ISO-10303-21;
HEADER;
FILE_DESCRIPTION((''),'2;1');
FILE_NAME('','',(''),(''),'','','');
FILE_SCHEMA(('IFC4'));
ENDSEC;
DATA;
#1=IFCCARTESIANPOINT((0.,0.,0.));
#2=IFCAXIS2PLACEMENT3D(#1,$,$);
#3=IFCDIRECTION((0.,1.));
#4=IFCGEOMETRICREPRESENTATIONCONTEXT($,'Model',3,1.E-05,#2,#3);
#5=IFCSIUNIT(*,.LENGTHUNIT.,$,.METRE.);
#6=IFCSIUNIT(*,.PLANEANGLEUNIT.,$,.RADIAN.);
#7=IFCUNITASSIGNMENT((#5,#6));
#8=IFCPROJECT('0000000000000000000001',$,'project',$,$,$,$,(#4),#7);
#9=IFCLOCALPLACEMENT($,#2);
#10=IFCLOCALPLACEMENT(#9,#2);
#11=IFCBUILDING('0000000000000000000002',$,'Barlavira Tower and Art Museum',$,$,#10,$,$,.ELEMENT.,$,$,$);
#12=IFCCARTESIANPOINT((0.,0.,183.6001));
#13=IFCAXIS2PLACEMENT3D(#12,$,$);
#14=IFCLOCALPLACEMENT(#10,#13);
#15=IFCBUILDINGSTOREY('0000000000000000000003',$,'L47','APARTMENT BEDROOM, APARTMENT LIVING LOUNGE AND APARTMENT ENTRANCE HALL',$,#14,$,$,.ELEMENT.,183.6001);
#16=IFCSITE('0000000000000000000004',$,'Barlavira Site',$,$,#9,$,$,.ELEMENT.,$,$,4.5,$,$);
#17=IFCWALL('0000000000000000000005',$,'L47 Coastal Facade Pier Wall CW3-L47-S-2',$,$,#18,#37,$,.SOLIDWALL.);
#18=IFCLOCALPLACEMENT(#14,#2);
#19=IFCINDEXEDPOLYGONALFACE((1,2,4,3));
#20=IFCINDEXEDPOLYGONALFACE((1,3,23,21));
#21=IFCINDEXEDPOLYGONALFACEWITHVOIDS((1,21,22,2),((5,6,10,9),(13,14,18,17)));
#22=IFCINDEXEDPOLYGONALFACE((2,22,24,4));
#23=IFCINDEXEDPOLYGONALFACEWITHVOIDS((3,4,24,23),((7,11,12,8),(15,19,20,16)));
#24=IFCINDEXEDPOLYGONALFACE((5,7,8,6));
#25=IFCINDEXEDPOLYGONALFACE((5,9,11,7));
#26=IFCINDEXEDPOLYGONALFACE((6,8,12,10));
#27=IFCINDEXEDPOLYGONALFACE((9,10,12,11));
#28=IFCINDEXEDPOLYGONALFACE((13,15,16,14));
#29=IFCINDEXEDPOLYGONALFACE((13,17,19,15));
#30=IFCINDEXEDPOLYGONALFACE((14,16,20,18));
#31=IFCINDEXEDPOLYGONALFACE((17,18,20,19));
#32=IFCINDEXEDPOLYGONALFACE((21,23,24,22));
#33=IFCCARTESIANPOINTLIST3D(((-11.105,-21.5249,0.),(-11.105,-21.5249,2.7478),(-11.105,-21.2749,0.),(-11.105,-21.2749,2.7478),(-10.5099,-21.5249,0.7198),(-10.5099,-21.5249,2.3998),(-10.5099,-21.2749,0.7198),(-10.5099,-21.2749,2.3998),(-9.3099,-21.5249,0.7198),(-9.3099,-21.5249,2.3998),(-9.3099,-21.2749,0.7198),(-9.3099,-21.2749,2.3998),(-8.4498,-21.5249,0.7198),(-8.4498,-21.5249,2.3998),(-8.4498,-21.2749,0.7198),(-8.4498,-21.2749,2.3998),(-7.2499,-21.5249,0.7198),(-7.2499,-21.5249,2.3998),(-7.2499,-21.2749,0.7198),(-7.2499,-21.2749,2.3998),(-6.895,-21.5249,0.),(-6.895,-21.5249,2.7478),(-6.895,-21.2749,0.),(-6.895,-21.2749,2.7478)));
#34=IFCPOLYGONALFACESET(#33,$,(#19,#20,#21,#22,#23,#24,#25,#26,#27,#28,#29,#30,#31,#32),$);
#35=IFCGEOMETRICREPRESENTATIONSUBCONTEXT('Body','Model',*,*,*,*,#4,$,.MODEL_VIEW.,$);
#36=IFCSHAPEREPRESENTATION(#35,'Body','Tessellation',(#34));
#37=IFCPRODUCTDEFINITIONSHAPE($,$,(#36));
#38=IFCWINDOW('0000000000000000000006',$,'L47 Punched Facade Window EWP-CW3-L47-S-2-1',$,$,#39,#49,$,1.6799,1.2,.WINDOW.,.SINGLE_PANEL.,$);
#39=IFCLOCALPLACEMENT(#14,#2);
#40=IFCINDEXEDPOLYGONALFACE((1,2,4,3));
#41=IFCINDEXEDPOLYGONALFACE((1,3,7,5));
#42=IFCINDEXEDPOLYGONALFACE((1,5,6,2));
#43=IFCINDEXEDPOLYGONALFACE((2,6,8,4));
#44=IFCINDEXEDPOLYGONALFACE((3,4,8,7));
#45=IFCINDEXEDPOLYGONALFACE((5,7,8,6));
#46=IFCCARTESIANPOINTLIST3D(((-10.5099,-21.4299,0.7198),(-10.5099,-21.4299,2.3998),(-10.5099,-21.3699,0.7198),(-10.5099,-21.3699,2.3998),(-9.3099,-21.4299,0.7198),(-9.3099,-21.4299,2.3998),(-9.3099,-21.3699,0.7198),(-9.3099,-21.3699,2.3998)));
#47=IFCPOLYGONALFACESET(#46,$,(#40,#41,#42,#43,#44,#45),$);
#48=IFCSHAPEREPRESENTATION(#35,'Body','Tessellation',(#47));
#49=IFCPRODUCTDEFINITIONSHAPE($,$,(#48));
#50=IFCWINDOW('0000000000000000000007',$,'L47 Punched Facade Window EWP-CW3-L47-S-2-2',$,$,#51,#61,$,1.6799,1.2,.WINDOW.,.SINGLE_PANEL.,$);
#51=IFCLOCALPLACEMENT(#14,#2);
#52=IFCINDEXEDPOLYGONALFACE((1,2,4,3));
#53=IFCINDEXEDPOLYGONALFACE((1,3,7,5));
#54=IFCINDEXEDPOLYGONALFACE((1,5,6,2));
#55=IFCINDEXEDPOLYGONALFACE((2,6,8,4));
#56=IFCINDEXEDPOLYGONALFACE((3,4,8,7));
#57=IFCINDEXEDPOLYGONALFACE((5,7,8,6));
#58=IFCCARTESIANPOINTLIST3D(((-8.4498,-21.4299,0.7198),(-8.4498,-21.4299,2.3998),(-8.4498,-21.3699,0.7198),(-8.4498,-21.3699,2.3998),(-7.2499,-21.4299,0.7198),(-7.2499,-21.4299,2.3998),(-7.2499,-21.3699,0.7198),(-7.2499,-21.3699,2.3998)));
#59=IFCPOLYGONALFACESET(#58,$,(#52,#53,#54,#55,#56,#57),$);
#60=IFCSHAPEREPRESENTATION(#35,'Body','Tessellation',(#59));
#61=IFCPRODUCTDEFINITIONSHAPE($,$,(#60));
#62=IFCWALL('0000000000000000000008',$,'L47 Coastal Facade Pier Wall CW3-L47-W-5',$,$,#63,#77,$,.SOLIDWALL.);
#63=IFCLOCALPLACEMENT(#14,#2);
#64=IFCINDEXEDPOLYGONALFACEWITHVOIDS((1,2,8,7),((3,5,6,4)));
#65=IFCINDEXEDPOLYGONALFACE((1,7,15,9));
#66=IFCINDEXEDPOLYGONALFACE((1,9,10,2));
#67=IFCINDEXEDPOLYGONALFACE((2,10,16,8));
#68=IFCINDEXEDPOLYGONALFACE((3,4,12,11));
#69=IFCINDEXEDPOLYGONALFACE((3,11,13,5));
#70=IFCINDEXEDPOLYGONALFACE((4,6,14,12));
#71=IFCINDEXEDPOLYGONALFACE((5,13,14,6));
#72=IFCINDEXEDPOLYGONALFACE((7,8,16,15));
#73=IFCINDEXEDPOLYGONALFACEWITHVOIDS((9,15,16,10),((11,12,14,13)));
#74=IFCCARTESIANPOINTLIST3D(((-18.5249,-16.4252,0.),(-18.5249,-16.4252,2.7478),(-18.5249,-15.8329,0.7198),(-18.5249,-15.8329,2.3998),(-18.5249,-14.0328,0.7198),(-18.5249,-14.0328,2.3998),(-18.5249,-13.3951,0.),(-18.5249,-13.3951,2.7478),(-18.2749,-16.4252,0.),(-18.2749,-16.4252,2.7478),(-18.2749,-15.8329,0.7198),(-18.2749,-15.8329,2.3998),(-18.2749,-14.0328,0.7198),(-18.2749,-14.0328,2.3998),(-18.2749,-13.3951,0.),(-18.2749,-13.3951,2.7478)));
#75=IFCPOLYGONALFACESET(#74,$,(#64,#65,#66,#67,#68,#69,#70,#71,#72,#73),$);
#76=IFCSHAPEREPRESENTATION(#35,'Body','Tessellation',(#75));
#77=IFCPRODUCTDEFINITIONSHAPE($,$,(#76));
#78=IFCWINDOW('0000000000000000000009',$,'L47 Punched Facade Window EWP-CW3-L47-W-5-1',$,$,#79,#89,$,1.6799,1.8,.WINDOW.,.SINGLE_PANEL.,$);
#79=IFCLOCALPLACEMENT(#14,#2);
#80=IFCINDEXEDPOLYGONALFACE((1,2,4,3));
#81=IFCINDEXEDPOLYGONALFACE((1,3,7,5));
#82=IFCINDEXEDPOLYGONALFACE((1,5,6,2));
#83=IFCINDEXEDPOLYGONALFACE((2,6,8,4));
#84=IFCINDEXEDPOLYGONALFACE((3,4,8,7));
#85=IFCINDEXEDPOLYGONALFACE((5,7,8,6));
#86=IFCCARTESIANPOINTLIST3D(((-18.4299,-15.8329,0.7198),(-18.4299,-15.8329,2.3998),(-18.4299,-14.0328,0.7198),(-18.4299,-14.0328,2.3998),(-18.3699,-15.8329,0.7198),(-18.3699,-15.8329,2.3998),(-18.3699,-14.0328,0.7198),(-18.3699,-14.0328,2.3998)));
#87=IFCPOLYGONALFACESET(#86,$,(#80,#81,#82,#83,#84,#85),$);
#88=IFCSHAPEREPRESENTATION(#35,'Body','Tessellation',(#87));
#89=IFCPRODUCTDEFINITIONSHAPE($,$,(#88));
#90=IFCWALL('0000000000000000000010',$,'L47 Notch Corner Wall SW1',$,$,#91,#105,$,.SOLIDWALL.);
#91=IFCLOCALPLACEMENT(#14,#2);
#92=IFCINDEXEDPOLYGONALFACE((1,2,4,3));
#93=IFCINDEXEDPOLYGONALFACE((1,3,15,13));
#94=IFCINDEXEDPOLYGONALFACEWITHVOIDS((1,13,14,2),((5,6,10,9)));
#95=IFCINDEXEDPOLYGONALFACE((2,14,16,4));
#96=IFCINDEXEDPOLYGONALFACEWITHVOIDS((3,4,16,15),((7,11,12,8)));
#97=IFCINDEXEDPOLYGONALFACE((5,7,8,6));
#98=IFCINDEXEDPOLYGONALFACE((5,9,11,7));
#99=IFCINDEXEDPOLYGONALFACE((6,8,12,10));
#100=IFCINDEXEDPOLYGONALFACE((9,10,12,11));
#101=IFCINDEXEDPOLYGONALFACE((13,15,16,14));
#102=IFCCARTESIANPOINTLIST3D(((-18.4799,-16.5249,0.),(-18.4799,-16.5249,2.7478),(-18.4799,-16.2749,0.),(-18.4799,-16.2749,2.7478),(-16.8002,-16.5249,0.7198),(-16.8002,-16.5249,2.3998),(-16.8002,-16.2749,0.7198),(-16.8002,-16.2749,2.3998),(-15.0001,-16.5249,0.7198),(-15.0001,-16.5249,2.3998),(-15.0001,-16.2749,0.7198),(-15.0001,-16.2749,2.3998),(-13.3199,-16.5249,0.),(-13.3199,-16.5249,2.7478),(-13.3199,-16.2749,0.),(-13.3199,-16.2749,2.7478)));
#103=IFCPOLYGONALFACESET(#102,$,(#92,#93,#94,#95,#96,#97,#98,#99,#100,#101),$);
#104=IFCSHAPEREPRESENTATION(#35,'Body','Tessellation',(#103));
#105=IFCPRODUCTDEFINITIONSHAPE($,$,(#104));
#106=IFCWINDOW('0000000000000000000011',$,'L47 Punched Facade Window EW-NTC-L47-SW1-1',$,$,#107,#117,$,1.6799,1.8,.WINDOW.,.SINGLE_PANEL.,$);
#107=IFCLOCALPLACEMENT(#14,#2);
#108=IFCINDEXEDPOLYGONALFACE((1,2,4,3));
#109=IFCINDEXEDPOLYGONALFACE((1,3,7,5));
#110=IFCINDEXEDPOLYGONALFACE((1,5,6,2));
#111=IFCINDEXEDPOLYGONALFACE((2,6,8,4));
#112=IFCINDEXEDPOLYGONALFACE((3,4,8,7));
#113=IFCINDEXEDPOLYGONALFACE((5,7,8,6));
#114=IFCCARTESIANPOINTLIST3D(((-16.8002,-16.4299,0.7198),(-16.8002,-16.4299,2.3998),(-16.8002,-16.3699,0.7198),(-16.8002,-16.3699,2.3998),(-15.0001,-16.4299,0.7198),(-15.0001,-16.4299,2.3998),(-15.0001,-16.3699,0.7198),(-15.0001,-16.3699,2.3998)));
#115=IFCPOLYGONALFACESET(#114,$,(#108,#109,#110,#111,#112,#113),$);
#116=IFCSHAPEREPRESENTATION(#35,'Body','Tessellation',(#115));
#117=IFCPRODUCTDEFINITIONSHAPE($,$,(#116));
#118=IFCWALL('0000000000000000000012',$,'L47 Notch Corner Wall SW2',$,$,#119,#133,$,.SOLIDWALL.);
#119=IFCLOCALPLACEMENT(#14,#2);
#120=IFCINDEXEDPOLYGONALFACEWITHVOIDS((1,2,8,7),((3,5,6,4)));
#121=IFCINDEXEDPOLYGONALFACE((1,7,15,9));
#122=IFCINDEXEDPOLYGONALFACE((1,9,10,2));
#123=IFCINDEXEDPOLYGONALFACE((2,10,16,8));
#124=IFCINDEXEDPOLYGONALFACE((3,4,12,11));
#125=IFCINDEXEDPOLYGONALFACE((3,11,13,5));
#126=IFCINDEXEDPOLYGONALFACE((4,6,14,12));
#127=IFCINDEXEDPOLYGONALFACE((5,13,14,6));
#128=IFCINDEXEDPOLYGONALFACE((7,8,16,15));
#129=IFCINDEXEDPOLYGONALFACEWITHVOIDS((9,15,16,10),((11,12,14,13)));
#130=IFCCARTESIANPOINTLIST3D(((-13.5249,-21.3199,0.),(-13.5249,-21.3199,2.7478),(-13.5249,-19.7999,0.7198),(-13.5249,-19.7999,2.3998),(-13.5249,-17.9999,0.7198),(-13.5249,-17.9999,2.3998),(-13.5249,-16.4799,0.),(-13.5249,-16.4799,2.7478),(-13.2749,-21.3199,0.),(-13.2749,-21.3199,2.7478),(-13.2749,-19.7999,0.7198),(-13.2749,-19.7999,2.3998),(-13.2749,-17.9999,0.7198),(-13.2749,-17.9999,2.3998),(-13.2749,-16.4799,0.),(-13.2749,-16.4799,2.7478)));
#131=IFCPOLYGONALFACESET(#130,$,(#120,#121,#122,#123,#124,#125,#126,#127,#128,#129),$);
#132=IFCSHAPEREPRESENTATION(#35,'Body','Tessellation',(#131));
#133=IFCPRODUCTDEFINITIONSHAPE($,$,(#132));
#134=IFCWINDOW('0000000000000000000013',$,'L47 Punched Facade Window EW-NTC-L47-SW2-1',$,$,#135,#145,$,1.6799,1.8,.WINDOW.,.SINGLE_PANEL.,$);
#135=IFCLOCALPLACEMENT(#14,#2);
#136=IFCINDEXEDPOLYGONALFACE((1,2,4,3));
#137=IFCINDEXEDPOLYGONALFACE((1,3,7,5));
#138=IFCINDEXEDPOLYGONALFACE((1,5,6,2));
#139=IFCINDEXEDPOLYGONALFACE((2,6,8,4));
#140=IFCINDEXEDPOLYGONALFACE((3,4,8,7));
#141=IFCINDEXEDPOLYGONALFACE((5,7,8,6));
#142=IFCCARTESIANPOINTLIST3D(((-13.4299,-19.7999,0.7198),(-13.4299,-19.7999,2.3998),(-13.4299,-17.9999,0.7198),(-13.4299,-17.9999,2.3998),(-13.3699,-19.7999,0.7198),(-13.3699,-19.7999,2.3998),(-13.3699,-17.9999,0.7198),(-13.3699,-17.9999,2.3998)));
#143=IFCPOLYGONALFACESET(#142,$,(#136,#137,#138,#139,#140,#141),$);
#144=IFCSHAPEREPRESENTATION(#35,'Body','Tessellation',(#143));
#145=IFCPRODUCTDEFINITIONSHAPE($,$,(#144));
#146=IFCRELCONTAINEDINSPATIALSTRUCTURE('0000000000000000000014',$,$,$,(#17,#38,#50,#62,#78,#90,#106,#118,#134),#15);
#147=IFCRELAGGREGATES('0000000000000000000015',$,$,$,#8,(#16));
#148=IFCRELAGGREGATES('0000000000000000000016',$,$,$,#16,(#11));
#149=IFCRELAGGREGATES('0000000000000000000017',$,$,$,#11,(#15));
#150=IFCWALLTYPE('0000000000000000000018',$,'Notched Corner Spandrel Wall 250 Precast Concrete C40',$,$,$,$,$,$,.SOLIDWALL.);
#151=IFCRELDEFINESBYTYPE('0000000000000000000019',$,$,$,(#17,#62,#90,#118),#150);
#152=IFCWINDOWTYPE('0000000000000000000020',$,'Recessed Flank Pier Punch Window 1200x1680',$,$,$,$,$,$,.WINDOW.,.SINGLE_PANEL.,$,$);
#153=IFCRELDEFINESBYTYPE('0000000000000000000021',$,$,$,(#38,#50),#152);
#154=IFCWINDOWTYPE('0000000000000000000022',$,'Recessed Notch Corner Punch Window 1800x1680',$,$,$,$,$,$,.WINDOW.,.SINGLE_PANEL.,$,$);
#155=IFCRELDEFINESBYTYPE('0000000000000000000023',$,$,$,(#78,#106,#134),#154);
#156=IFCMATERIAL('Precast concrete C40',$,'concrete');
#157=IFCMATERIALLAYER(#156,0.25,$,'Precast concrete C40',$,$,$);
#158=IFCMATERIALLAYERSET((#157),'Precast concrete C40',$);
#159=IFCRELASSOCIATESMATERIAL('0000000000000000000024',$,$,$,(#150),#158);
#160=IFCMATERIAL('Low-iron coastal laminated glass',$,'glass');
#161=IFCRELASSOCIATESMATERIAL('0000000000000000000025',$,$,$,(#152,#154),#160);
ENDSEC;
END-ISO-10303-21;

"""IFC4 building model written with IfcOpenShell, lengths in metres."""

from ifc_helpers import new_model, si_unit, direction, frame, frame_2d, origin, place, context, subcontext, project, spatial, rectangle, extrude, material, layer, layer_set, type_object, element, fill, save


model = new_model("IFC4")

# Units and contexts
model_context = context("Model", 3, precision=1e-05, world=origin(), true_north=direction((0.0, 1.0)))
body_context = subcontext(model_context, "Body", "Model", "MODEL_VIEW")
ifc_project = project(units=[si_unit("LENGTHUNIT", "METRE"), si_unit("PLANEANGLEUNIT", "RADIAN")], contexts=[model_context])

# Site, building, storey
site_placement = place(None, origin())
site = spatial("IfcSite", under=ifc_project, at=site_placement, Name="Barlavira Site", CompositionType="ELEMENT", RefElevation=4.5)
building_placement = place(site_placement, origin())
building = spatial("IfcBuilding", under=site, at=building_placement, Name="Barlavira Tower and Art Museum", CompositionType="ELEMENT")
storey_placement = place(building_placement, frame((0.0, 0.0, 183.6001)))
storey = spatial("IfcBuildingStorey", under=building, at=storey_placement, Name="L47", Description="APARTMENT BEDROOM, APARTMENT LIVING LOUNGE AND APARTMENT ENTRANCE HALL", CompositionType="ELEMENT", Elevation=183.6001)

# Shared definitions
ifc_material_1 = material(Name="Precast concrete C40", Category="concrete")
ifc_layer_1 = layer(ifc_material_1, 0.25, Name="Precast concrete C40")
ifc_layer_set_1 = layer_set([ifc_layer_1], Name="Precast concrete C40")
wall_type_1 = type_object("IfcWallType", Name="Notched Corner Spandrel Wall 250 Precast Concrete C40", PredefinedType="SOLIDWALL", material=ifc_layer_set_1)
ifc_material_2 = material(Name="Low-iron coastal laminated glass", Category="glass")

# Wall, openings, windows
wall_1_placement = place(storey_placement, frame((-11.105, -21.3999, 0.0), z_axis=(0.0, 0.0, 1.0), x_axis=(1.0, 0.0, 0.0)))
wall_1 = element("IfcWall", 1, at=wall_1_placement, inside=storey, type_object=wall_type_1, Name="L47 Coastal Facade Pier Wall CW3-L47-S-2", PredefinedType="SOLIDWALL", context=body_context, shape_type="SweptSolid", body=[
    extrude(rectangle(XDim=4.21, YDim=0.25, at=frame_2d((2.105, 0.0))), origin(), (0.0, 0.0, 1.0), 2.7478),
])
opening_1_placement = place(wall_1_placement, frame((0.595, 0.0, 0.72)))
opening_1 = element("IfcOpeningElement", 2, at=opening_1_placement, cuts=wall_1, PredefinedType="OPENING", context=body_context, shape_type="SweptSolid", body=[
    extrude(rectangle(XDim=1.2, YDim=1.6799, at=frame_2d((0.6001, 0.8398))), frame((0.0, 0.135, 0.0), z_axis=(0.0, -1.0, 0.0), x_axis=(1.0, 0.0, 0.0)), (0.0, 0.0, 1.0), 0.27),
])
opening_2_placement = place(wall_1_placement, frame((2.655, 0.0, 0.72)))
opening_2 = element("IfcOpeningElement", 3, at=opening_2_placement, cuts=wall_1, PredefinedType="OPENING", context=body_context, shape_type="SweptSolid", body=[
    extrude(rectangle(XDim=1.2, YDim=1.6799, at=frame_2d((0.6001, 0.8398))), frame((0.0, 0.135, 0.0), z_axis=(0.0, -1.0, 0.0), x_axis=(1.0, 0.0, 0.0)), (0.0, 0.0, 1.0), 0.27),
])
window_type_1 = type_object("IfcWindowType", Name="Recessed Flank Pier Punch Window 1200x1680", PartitioningType="SINGLE_PANEL", PredefinedType="WINDOW", material=ifc_material_2)
window_1_placement = place(opening_1_placement, origin())
window_1 = element("IfcWindow", 4, at=window_1_placement, inside=storey, type_object=window_type_1, Name="L47 Punched Facade Window EWP-CW3-L47-S-2-1", OverallHeight=1.6799, OverallWidth=1.2, PartitioningType="SINGLE_PANEL", PredefinedType="WINDOW", context=body_context, shape_type="SweptSolid", body=[
    extrude(rectangle(XDim=1.2, YDim=1.6799, at=frame_2d((0.6001, 0.8398))), frame((0.0, 0.03, 0.0), z_axis=(0.0, -1.0, 0.0), x_axis=(1.0, 0.0, 0.0)), (0.0, 0.0, 1.0), 0.0601),
])
fill(opening_1, window_1)
window_2_placement = place(opening_2_placement, origin())
window_2 = element("IfcWindow", 5, at=window_2_placement, inside=storey, type_object=window_type_1, Name="L47 Punched Facade Window EWP-CW3-L47-S-2-2", OverallHeight=1.6799, OverallWidth=1.2, PartitioningType="SINGLE_PANEL", PredefinedType="WINDOW", context=body_context, shape_type="SweptSolid", body=[
    extrude(rectangle(XDim=1.2, YDim=1.6799, at=frame_2d((0.6001, 0.8398))), frame((0.0, 0.03, 0.0), z_axis=(0.0, -1.0, 0.0), x_axis=(1.0, 0.0, 0.0)), (0.0, 0.0, 1.0), 0.0601),
])
fill(opening_2, window_2)

# Walls, openings, windows
wall_2_placement = place(storey_placement, frame((-18.3999, -13.395, 0.0), z_axis=(0.0, 0.0, 1.0), x_axis=(0.0, -1.0, 0.0)))
wall_2 = element("IfcWall", 6, at=wall_2_placement, inside=storey, type_object=wall_type_1, Name="L47 Coastal Facade Pier Wall CW3-L47-W-5", PredefinedType="SOLIDWALL", context=body_context, shape_type="SweptSolid", body=[
    extrude(rectangle(XDim=3.03, YDim=0.25, at=frame_2d((1.5151, 0.0))), origin(), (0.0, 0.0, 1.0), 2.7478),
])
opening_3_placement = place(wall_2_placement, frame((0.6379, 0.0, 0.72)))
opening_3 = element("IfcOpeningElement", 7, at=opening_3_placement, cuts=wall_2, PredefinedType="OPENING", context=body_context, shape_type="SweptSolid", body=[
    extrude(rectangle(XDim=1.8, YDim=1.6799, at=frame_2d((0.8999, 0.8398))), frame((0.0, 0.135, 0.0), z_axis=(0.0, -1.0, 0.0), x_axis=(1.0, 0.0, 0.0)), (0.0, 0.0, 1.0), 0.27),
])
window_type_2 = type_object("IfcWindowType", Name="Recessed Notch Corner Punch Window 1800x1680", PartitioningType="SINGLE_PANEL", PredefinedType="WINDOW", material=ifc_material_2)
window_3_placement = place(opening_3_placement, origin())
window_3 = element("IfcWindow", 8, at=window_3_placement, inside=storey, type_object=window_type_2, Name="L47 Punched Facade Window EWP-CW3-L47-W-5-1", OverallHeight=1.6799, OverallWidth=1.8, PartitioningType="SINGLE_PANEL", PredefinedType="WINDOW", context=body_context, shape_type="SweptSolid", body=[
    extrude(rectangle(XDim=1.8, YDim=1.6799, at=frame_2d((0.8999, 0.8398))), frame((0.0, 0.03, 0.0), z_axis=(0.0, -1.0, 0.0), x_axis=(1.0, 0.0, 0.0)), (0.0, 0.0, 1.0), 0.0601),
])
fill(opening_3, window_3)
wall_3_placement = place(storey_placement, frame((-18.48, -16.3999, 0.0), z_axis=(0.0, 0.0, 1.0), x_axis=(1.0, 0.0, 0.0)))
wall_3 = element("IfcWall", 9, at=wall_3_placement, inside=storey, type_object=wall_type_1, Name="L47 Notch Corner Wall SW1", PredefinedType="SOLIDWALL", context=body_context, shape_type="SweptSolid", body=[
    extrude(rectangle(XDim=5.1599, YDim=0.25, at=frame_2d((2.5801, 0.0))), origin(), (0.0, 0.0, 1.0), 2.7478),
])
opening_4_placement = place(wall_3_placement, frame((1.6799, 0.0, 0.72)))
opening_4 = element("IfcOpeningElement", 10, at=opening_4_placement, cuts=wall_3, PredefinedType="OPENING", context=body_context, shape_type="SweptSolid", body=[
    extrude(rectangle(XDim=1.8, YDim=1.6799, at=frame_2d((0.8999, 0.8398))), frame((0.0, 0.135, 0.0), z_axis=(0.0, -1.0, 0.0), x_axis=(1.0, 0.0, 0.0)), (0.0, 0.0, 1.0), 0.27),
])
window_4_placement = place(opening_4_placement, origin())
window_4 = element("IfcWindow", 11, at=window_4_placement, inside=storey, type_object=window_type_2, Name="L47 Punched Facade Window EW-NTC-L47-SW1-1", OverallHeight=1.6799, OverallWidth=1.8, PartitioningType="SINGLE_PANEL", PredefinedType="WINDOW", context=body_context, shape_type="SweptSolid", body=[
    extrude(rectangle(XDim=1.8, YDim=1.6799, at=frame_2d((0.8999, 0.8398))), frame((0.0, 0.03, 0.0), z_axis=(0.0, -1.0, 0.0), x_axis=(1.0, 0.0, 0.0)), (0.0, 0.0, 1.0), 0.0601),
])
fill(opening_4, window_4)
wall_4_placement = place(storey_placement, frame((-13.3999, -16.48, 0.0), z_axis=(0.0, 0.0, 1.0), x_axis=(0.0, -1.0, 0.0)))
wall_4 = element("IfcWall", 12, at=wall_4_placement, inside=storey, type_object=wall_type_1, Name="L47 Notch Corner Wall SW2", PredefinedType="SOLIDWALL", context=body_context, shape_type="SweptSolid", body=[
    extrude(rectangle(XDim=4.8401, YDim=0.25, at=frame_2d((2.4199, 0.0))), origin(), (0.0, 0.0, 1.0), 2.7478),
])
opening_5_placement = place(wall_4_placement, frame((1.52, 0.0, 0.72)))
opening_5 = element("IfcOpeningElement", 13, at=opening_5_placement, cuts=wall_4, PredefinedType="OPENING", context=body_context, shape_type="SweptSolid", body=[
    extrude(rectangle(XDim=1.8, YDim=1.6799, at=frame_2d((0.8999, 0.8398))), frame((0.0, 0.135, 0.0), z_axis=(0.0, -1.0, 0.0), x_axis=(1.0, 0.0, 0.0)), (0.0, 0.0, 1.0), 0.27),
])
window_5_placement = place(opening_5_placement, origin())
window_5 = element("IfcWindow", 14, at=window_5_placement, inside=storey, type_object=window_type_2, Name="L47 Punched Facade Window EW-NTC-L47-SW2-1", OverallHeight=1.6799, OverallWidth=1.8, PartitioningType="SINGLE_PANEL", PredefinedType="WINDOW", context=body_context, shape_type="SweptSolid", body=[
    extrude(rectangle(XDim=1.8, YDim=1.6799, at=frame_2d((0.8999, 0.8398))), frame((0.0, 0.03, 0.0), z_axis=(0.0, -1.0, 0.0), x_axis=(1.0, 0.0, 0.0)), (0.0, 0.0, 1.0), 0.0601),
])
fill(opening_5, window_5)

save(model, "model.ifc")
